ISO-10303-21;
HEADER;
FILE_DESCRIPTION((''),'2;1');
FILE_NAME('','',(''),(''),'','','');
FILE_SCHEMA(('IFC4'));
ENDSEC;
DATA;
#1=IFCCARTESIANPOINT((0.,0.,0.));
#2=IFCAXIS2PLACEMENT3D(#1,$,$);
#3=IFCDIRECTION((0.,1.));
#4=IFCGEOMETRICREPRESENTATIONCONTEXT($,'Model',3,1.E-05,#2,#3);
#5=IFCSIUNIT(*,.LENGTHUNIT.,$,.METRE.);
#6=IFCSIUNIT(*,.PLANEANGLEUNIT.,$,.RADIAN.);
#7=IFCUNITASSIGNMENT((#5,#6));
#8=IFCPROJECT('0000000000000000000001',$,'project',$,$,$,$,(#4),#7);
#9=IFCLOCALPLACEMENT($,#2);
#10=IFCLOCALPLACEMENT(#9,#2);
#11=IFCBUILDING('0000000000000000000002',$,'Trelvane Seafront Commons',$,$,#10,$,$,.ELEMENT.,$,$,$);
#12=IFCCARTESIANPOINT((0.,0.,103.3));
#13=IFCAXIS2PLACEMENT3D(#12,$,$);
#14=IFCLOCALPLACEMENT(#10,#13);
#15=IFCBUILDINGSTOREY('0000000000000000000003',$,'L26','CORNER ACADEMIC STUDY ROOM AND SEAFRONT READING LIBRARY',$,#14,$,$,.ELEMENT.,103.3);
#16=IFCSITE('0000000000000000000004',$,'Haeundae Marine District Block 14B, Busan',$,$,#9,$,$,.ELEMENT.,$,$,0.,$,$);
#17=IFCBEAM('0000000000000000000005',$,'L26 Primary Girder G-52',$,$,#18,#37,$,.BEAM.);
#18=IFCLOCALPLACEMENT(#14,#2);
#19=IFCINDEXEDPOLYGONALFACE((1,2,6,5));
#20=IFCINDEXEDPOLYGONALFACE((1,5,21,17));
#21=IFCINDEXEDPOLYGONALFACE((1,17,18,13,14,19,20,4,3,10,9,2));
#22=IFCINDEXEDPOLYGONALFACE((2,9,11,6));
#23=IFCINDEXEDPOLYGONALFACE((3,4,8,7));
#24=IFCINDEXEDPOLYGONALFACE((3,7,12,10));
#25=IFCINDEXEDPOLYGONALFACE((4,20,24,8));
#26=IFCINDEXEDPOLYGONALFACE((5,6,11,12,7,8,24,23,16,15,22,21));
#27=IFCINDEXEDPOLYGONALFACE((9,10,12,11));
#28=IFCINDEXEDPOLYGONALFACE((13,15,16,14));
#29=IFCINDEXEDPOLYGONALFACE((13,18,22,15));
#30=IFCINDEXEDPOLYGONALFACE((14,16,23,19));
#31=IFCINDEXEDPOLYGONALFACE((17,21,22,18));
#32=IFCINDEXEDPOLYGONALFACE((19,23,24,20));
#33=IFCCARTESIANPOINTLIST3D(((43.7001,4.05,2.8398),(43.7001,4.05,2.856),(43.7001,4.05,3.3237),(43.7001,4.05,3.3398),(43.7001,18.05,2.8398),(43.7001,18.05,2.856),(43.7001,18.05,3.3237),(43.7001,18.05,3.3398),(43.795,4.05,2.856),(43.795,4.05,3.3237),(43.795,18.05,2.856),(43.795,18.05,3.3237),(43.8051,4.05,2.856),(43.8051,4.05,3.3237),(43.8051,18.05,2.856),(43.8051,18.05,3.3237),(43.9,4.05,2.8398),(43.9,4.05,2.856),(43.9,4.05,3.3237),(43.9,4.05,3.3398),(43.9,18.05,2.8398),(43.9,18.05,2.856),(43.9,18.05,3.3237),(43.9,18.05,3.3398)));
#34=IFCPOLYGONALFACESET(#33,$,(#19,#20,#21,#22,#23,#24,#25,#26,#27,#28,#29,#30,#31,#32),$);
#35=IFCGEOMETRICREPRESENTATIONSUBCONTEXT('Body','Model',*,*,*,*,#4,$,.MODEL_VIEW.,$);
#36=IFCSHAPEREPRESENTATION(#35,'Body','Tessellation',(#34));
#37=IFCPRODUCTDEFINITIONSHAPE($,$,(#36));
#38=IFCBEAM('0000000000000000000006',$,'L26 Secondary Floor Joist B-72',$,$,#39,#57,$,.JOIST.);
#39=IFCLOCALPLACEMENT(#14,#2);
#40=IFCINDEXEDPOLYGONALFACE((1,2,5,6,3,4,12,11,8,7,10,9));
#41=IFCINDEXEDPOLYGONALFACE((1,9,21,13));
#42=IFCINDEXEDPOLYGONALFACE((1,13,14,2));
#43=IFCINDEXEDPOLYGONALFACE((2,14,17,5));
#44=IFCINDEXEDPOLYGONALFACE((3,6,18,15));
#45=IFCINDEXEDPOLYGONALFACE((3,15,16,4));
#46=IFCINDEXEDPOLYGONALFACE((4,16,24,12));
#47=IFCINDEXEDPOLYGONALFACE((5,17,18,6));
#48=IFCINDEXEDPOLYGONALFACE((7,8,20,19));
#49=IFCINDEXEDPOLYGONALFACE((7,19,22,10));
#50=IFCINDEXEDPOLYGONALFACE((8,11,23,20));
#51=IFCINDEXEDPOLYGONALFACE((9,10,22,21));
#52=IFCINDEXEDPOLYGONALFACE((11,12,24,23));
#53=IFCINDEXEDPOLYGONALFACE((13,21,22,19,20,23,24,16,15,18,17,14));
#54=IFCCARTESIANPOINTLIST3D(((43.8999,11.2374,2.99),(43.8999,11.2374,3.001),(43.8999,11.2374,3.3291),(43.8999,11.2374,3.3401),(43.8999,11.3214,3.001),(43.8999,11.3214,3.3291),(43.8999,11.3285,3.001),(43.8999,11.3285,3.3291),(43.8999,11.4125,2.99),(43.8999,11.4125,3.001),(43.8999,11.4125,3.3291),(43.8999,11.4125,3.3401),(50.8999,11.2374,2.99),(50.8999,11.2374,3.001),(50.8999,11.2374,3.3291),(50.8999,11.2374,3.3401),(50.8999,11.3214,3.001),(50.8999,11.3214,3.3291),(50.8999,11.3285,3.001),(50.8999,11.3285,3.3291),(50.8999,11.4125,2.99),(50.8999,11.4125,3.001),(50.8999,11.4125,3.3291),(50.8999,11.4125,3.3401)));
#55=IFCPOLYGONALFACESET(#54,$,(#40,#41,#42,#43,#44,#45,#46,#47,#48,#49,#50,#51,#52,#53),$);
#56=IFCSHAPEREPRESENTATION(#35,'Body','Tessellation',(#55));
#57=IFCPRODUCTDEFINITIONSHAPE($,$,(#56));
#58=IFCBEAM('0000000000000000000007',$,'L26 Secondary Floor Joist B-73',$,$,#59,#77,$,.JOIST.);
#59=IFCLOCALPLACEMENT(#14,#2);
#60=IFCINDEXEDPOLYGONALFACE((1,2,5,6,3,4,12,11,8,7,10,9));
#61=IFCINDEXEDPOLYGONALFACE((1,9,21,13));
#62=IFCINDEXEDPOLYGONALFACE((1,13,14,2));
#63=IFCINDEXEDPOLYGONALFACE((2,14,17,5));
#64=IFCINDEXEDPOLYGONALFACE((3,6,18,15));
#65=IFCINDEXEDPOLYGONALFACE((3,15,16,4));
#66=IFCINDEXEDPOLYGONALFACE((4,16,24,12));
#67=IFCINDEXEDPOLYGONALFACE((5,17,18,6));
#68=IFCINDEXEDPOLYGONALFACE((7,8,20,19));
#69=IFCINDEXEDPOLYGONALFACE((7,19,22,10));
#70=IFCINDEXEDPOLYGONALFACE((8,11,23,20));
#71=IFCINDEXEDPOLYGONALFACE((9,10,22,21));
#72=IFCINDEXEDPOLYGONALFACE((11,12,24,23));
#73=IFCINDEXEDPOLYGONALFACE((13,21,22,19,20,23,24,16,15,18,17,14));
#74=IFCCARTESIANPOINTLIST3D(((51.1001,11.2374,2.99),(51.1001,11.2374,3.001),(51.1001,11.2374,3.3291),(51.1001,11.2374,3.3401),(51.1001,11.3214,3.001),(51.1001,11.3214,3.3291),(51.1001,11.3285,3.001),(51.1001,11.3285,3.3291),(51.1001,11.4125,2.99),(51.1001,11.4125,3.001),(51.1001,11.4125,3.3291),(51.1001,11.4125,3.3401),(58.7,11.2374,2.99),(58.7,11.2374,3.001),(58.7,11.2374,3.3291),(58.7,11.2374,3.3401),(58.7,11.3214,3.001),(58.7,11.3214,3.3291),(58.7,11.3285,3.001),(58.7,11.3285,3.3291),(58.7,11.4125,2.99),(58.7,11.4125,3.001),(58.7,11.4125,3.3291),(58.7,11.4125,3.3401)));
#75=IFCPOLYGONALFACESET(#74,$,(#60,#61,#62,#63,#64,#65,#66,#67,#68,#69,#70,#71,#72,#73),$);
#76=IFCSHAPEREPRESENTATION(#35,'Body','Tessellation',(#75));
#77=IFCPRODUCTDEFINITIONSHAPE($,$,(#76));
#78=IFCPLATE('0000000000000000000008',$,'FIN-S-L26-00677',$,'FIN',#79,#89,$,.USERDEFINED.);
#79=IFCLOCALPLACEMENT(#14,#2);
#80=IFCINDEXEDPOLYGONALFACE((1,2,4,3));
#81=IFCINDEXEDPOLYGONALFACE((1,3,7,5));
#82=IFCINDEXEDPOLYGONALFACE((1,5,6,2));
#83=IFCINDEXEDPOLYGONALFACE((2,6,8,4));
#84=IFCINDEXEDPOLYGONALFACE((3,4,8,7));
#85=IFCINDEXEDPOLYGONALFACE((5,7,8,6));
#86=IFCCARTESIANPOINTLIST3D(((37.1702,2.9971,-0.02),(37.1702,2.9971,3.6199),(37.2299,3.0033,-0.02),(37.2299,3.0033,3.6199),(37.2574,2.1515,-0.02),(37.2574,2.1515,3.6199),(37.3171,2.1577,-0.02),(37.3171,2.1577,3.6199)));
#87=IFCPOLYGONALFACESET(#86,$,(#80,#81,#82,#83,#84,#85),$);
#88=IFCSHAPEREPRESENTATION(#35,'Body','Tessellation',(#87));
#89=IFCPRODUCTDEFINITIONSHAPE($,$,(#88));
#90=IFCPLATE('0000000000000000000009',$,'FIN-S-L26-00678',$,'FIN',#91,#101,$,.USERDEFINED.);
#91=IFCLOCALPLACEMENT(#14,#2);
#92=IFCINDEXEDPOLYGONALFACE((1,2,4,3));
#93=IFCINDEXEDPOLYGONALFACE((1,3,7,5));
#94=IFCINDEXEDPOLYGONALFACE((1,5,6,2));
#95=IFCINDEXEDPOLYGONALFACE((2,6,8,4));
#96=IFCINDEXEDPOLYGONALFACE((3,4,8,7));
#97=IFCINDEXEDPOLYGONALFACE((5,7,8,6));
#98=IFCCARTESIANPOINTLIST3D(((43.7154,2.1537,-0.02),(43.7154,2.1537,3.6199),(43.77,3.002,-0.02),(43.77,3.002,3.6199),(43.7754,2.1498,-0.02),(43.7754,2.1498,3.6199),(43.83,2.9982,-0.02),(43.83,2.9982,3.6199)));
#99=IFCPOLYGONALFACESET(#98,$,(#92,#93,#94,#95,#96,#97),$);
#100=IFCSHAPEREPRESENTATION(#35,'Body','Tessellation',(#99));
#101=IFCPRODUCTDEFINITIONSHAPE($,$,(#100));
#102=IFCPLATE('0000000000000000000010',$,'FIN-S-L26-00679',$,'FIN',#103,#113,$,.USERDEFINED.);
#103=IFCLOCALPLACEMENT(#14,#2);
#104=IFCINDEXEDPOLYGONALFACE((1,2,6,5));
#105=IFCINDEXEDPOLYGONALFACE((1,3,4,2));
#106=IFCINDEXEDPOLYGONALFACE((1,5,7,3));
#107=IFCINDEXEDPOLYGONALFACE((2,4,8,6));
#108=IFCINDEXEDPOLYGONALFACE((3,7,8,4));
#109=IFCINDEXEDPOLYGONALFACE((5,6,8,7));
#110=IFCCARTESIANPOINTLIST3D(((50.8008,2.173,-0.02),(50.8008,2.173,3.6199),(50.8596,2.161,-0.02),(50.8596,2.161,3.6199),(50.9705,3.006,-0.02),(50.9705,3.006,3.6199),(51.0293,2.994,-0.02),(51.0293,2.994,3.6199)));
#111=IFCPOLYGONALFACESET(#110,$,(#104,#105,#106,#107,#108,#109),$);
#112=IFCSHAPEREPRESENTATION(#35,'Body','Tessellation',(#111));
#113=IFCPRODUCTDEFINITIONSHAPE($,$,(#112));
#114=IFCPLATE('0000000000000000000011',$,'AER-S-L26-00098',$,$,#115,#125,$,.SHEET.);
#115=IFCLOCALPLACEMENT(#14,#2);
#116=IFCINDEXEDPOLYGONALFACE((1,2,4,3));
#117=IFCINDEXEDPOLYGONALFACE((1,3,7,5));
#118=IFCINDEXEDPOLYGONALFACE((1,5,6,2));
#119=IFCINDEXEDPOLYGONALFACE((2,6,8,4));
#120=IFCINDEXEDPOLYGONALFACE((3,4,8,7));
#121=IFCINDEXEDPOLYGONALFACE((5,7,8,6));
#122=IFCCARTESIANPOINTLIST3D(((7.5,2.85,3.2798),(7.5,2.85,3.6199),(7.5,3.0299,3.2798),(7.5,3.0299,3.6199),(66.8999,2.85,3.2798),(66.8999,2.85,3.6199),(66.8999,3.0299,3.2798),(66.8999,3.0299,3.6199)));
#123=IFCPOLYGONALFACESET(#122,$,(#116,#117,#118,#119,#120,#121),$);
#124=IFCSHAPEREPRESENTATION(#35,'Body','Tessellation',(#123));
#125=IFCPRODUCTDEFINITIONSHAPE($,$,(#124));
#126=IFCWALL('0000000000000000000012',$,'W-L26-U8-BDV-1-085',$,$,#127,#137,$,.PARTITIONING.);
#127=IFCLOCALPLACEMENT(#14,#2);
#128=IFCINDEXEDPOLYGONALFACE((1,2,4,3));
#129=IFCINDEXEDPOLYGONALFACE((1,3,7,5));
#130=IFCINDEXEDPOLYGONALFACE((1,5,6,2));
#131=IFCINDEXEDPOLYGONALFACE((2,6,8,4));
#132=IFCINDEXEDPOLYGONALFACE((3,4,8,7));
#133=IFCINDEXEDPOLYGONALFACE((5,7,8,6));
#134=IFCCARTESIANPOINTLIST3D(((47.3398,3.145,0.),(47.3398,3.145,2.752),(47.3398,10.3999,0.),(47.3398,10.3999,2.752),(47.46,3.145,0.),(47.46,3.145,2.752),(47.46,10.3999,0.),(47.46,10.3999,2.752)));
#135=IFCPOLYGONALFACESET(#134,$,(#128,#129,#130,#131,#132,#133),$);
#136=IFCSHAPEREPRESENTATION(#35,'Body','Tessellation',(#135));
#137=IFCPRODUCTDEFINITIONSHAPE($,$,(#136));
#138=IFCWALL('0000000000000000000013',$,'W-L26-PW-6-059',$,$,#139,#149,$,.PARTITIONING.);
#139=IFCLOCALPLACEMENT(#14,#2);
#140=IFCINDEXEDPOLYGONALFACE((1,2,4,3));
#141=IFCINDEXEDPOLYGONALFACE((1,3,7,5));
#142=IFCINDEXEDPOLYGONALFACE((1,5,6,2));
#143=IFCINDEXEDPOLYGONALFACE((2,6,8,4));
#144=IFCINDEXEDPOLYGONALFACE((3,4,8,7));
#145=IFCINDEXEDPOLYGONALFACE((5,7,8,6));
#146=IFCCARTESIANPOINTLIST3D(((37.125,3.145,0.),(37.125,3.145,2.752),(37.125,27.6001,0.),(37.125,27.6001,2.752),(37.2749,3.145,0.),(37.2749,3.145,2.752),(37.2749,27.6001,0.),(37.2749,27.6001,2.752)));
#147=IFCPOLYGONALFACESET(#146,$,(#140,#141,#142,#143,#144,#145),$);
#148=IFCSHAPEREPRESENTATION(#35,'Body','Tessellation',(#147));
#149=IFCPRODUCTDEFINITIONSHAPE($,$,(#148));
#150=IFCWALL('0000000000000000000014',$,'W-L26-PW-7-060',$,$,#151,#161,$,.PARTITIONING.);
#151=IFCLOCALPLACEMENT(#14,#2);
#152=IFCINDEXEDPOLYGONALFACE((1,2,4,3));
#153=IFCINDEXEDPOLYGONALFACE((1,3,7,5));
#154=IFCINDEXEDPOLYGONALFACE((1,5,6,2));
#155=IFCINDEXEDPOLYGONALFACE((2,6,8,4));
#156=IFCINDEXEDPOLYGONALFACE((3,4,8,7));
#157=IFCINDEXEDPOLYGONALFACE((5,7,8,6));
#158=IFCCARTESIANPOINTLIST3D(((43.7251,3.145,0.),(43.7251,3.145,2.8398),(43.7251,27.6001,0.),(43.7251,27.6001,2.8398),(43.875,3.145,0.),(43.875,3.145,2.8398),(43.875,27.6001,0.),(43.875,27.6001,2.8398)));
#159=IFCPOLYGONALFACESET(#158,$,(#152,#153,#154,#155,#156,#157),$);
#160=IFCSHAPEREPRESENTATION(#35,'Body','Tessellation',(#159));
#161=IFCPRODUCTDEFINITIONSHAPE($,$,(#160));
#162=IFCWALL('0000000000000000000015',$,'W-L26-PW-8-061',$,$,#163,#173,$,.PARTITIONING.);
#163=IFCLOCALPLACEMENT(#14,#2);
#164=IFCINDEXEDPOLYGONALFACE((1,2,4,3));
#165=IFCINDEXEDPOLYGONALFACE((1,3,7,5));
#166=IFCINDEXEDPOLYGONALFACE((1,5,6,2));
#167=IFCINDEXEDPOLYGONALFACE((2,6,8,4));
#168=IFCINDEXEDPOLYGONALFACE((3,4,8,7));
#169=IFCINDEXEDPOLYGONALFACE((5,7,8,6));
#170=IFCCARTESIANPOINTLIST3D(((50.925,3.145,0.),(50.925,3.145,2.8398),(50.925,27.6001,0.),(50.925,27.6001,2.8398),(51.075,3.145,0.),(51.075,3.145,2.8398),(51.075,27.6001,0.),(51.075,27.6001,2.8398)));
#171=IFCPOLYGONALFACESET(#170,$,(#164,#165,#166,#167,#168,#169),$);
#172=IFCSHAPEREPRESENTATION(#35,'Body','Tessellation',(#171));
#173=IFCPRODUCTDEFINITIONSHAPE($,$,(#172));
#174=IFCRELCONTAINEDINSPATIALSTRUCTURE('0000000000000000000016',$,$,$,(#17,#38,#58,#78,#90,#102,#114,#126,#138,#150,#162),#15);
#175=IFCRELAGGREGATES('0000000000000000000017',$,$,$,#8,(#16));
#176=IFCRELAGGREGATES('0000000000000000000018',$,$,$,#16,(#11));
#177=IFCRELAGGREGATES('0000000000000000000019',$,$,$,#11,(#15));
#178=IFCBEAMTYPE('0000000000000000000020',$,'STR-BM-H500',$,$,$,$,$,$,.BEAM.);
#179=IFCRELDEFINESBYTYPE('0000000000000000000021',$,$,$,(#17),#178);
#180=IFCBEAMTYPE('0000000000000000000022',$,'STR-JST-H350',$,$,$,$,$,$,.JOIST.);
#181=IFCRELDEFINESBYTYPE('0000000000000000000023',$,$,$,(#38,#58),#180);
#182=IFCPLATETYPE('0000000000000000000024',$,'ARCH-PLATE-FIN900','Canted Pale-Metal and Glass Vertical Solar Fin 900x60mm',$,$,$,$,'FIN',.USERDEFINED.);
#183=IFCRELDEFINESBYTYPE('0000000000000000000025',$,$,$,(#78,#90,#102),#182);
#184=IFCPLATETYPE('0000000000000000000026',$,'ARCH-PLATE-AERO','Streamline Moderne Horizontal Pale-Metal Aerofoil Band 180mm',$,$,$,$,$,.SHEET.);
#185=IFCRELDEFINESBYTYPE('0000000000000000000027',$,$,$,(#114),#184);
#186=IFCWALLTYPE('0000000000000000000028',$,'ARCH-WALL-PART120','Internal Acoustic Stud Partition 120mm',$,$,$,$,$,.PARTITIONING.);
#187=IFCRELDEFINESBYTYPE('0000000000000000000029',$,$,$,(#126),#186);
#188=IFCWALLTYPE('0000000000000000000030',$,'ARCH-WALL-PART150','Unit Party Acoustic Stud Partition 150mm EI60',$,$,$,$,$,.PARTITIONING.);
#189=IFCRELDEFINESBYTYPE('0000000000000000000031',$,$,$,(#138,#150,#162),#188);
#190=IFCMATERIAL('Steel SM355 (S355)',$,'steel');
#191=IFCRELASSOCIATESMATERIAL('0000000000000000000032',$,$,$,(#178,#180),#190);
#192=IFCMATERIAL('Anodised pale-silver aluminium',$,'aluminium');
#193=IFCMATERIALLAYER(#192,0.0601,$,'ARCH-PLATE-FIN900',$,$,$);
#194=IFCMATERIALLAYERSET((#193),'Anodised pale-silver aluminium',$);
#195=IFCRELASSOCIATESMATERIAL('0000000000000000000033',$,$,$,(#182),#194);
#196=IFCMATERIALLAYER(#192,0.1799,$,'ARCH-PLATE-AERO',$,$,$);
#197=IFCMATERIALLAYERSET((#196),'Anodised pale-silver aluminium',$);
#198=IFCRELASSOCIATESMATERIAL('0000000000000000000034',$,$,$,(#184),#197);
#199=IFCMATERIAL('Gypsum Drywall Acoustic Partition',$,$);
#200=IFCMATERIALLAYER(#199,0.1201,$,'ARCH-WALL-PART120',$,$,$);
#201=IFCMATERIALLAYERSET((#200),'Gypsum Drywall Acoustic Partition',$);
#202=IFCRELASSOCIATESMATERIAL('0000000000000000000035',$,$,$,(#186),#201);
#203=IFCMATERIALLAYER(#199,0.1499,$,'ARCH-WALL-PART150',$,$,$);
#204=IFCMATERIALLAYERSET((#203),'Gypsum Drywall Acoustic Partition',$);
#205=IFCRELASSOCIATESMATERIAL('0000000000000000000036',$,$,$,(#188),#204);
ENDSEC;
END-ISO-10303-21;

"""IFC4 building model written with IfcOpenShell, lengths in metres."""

from ifc_helpers import new_model, si_unit, direction, frame, frame_2d, origin, origin_2d, place, context, subcontext, project, spatial, rectangle, i_section, extrude, source, transform, mapped, material, layer, layer_set, material_profile, profile_set, type_object, element, save


model = new_model("IFC4")

# Units and contexts
model_context = context("Model", 3, precision=1e-05, world=origin(), true_north=direction((0.0, 1.0)))
body_context = subcontext(model_context, "Body", "Model", "MODEL_VIEW")
ifc_project = project(units=[si_unit("LENGTHUNIT", "METRE"), si_unit("PLANEANGLEUNIT", "RADIAN")], contexts=[model_context])

# Site, building, storey
site_placement = place(None, origin())
site = spatial("IfcSite", under=ifc_project, at=site_placement, Name="Haeundae Marine District Block 14B, Busan", CompositionType="ELEMENT", RefElevation=0.0)
building_placement = place(site_placement, origin())
building = spatial("IfcBuilding", under=site, at=building_placement, Name="Trelvane Seafront Commons", CompositionType="ELEMENT")
storey_placement = place(building_placement, frame((0.0, 0.0, 103.3)))
storey = spatial("IfcBuildingStorey", under=building, at=storey_placement, Name="L26", Description="CORNER ACADEMIC STUDY ROOM AND SEAFRONT READING LIBRARY", CompositionType="ELEMENT", Elevation=103.3)

# Shared definitions
ifc_material_1 = material(Name="Steel SM355 (S355)", Category="steel")

# Beams
ifc_material_profile_1 = material_profile(ifc_material_1, i_section(OverallWidth=0.2, OverallDepth=0.5, WebThickness=0.01, FlangeThickness=0.0161, at=origin_2d()), Name="H-500x200x10x16")
ifc_profile_set_1 = profile_set([ifc_material_profile_1], Name="Steel SM355 (S355)")
beam_type_1 = type_object("IfcBeamType", Name="STR-BM-H500", PredefinedType="BEAM", material=ifc_profile_set_1)
shared_shape_1 = source(origin(), body_context, "Body", "SweptSolid", [
    extrude(i_section(OverallWidth=0.2, OverallDepth=0.5, WebThickness=0.01, FlangeThickness=0.0161, at=origin_2d()), origin(), (0.0, 0.0, 1.0), 14.0),
])
beam_1_placement = place(storey_placement, frame((43.8, 4.05, 3.0898), z_axis=(0.0, 1.0, 0.0), x_axis=(-1.0, 0.0, 0.0)))
element("IfcBeam", 1, at=beam_1_placement, inside=storey, type_object=beam_type_1, Name="L26 Primary Girder G-52", PredefinedType="BEAM", context=body_context, shape_type="MappedRepresentation", body=[
    mapped(shared_shape_1, transform((0.0, 0.0, 0.0), x_axis=(1.0, 0.0, 0.0), y_axis=(0.0, 1.0, 0.0), z_axis=(0.0, 0.0, 1.0), scale=1.0)),
])
ifc_material_profile_2 = material_profile(ifc_material_1, i_section(OverallWidth=0.175, OverallDepth=0.3501, WebThickness=0.0071, FlangeThickness=0.011, at=origin_2d()), Name="H-350x175x7x11")
ifc_profile_set_2 = profile_set([ifc_material_profile_2], Name="Steel SM355 (S355)")
beam_type_2 = type_object("IfcBeamType", Name="STR-JST-H350", PredefinedType="JOIST", material=ifc_profile_set_2)
shared_shape_2 = source(origin(), body_context, "Body", "SweptSolid", [
    extrude(i_section(OverallWidth=0.175, OverallDepth=0.3501, WebThickness=0.0071, FlangeThickness=0.011, at=origin_2d()), origin(), (0.0, 0.0, 1.0), 7.0),
])
beam_2_placement = place(storey_placement, frame((43.8999, 11.325, 3.165), z_axis=(1.0, 0.0, 0.0), x_axis=(0.0, 1.0, 0.0)))
element("IfcBeam", 2, at=beam_2_placement, inside=storey, type_object=beam_type_2, Name="L26 Secondary Floor Joist B-72", PredefinedType="JOIST", context=body_context, shape_type="MappedRepresentation", body=[
    mapped(shared_shape_2, transform((0.0, 0.0, 0.0), x_axis=(1.0, 0.0, 0.0), y_axis=(0.0, 1.0, 0.0), z_axis=(0.0, 0.0, 1.0), scale=1.0)),
])
shared_shape_3 = source(origin(), body_context, "Body", "SweptSolid", [
    extrude(i_section(OverallWidth=0.175, OverallDepth=0.3501, WebThickness=0.0071, FlangeThickness=0.011, at=origin_2d()), origin(), (0.0, 0.0, 1.0), 7.5999),
])
beam_3_placement = place(storey_placement, frame((51.1001, 11.325, 3.165), z_axis=(1.0, 0.0, 0.0), x_axis=(0.0, 1.0, 0.0)))
element("IfcBeam", 3, at=beam_3_placement, inside=storey, type_object=beam_type_2, Name="L26 Secondary Floor Joist B-73", PredefinedType="JOIST", context=body_context, shape_type="MappedRepresentation", body=[
    mapped(shared_shape_3, transform((0.0, 0.0, 0.0), x_axis=(1.0, 0.0, 0.0), y_axis=(0.0, 1.0, 0.0), z_axis=(0.0, 0.0, 1.0), scale=1.0)),
])

# Plates
ifc_material_2 = material(Name="Anodised pale-silver aluminium", Category="aluminium")
ifc_layer_1 = layer(ifc_material_2, 0.0601, Name="ARCH-PLATE-FIN900")
ifc_layer_set_1 = layer_set([ifc_layer_1], Name="Anodised pale-silver aluminium")
plate_type_1 = type_object("IfcPlateType", Name="ARCH-PLATE-FIN900", Description="Canted Pale-Metal and Glass Vertical Solar Fin 900x60mm", ElementType="FIN", PredefinedType="USERDEFINED", material=ifc_layer_set_1)
shared_shape_4 = source(origin(), body_context, "Body", "SweptSolid", [
    extrude(rectangle(XDim=0.8501, YDim=0.0601, at=origin_2d()), origin(), (0.0, 0.0, 1.0), 3.6399),
])
for number, where, z_axis, x_axis, name in (
    (4, (37.2437, 2.5774, -0.02), (0.0, 0.0, 1.0), (0.102589, -0.994724, 0.0), "FIN-S-L26-00677"),
    (5, (43.7727, 2.5759, -0.02), (0.0, 0.0, 1.0), (-0.064238, -0.997935, 0.0), "FIN-S-L26-00678"),
    (6, (50.915, 2.5835, -0.02), (0.0, 0.0, 1.0), (-0.199645, -0.979868, 0.0), "FIN-S-L26-00679"),
):
    element("IfcPlate", number, at=place(storey_placement, frame(where, z_axis=z_axis, x_axis=x_axis)), inside=storey, type_object=plate_type_1, Name=name, ObjectType="FIN", PredefinedType="USERDEFINED", context=body_context, shape_type="MappedRepresentation", body=[
        mapped(shared_shape_4, transform((0.0, 0.0, 0.0), x_axis=(1.0, 0.0, 0.0), y_axis=(0.0, 1.0, 0.0), z_axis=(0.0, 0.0, 1.0), scale=1.0)),
    ])
ifc_layer_2 = layer(ifc_material_2, 0.1799, Name="ARCH-PLATE-AERO")
ifc_layer_set_2 = layer_set([ifc_layer_2], Name="Anodised pale-silver aluminium")
plate_type_2 = type_object("IfcPlateType", Name="ARCH-PLATE-AERO", Description="Streamline Moderne Horizontal Pale-Metal Aerofoil Band 180mm", PredefinedType="SHEET", material=ifc_layer_set_2)
shared_shape_5 = source(origin(), body_context, "Body", "SweptSolid", [
    extrude(rectangle(XDim=59.3999, YDim=0.1799, at=origin_2d()), origin(), (0.0, 0.0, 1.0), 0.3401),
])
plate_placement = place(storey_placement, frame((37.2, 2.9399, 3.2798), z_axis=(0.0, 0.0, 1.0), x_axis=(-1.0, 0.0, 0.0)))
element("IfcPlate", 7, at=plate_placement, inside=storey, type_object=plate_type_2, Name="AER-S-L26-00098", PredefinedType="SHEET", context=body_context, shape_type="MappedRepresentation", body=[
    mapped(shared_shape_5, transform((0.0, 0.0, 0.0), x_axis=(1.0, 0.0, 0.0), y_axis=(0.0, 1.0, 0.0), z_axis=(0.0, 0.0, 1.0), scale=1.0)),
])

# Shared definitions
ifc_material_3 = material(Name="Gypsum Drywall Acoustic Partition")
ifc_layer_3 = layer(ifc_material_3, 0.1201, Name="ARCH-WALL-PART120")
ifc_layer_set_3 = layer_set([ifc_layer_3], Name="Gypsum Drywall Acoustic Partition")
wall_type_1 = type_object("IfcWallType", Name="ARCH-WALL-PART120", Description="Internal Acoustic Stud Partition 120mm", PredefinedType="PARTITIONING", material=ifc_layer_set_3)

# Walls
wall_1_placement = place(storey_placement, frame((47.3999, 3.145, 0.0), z_axis=(0.0, 0.0, 1.0), x_axis=(0.0, 1.0, 0.0)))
element("IfcWall", 8, at=wall_1_placement, inside=storey, type_object=wall_type_1, Name="W-L26-U8-BDV-1-085", PredefinedType="PARTITIONING", context=body_context, shape_type="SweptSolid", body=[
    extrude(rectangle(XDim=7.2549, YDim=0.1201, at=frame_2d((3.6274, 0.0))), origin(), (0.0, 0.0, 1.0), 2.752),
])
ifc_layer_4 = layer(ifc_material_3, 0.1499, Name="ARCH-WALL-PART150")
ifc_layer_set_4 = layer_set([ifc_layer_4], Name="Gypsum Drywall Acoustic Partition")
wall_type_2 = type_object("IfcWallType", Name="ARCH-WALL-PART150", Description="Unit Party Acoustic Stud Partition 150mm EI60", PredefinedType="PARTITIONING", material=ifc_layer_set_4)
wall_2_placement = place(storey_placement, frame((37.2, 3.145, 0.0), z_axis=(0.0, 0.0, 1.0), x_axis=(0.0, 1.0, 0.0)))
element("IfcWall", 9, at=wall_2_placement, inside=storey, type_object=wall_type_2, Name="W-L26-PW-6-059", PredefinedType="PARTITIONING", context=body_context, shape_type="SweptSolid", body=[
    extrude(rectangle(XDim=24.4551, YDim=0.1499, at=frame_2d((12.2275, 0.0))), origin(), (0.0, 0.0, 1.0), 2.752),
])
for number, where, z_axis, x_axis, name in (
    (10, (43.8, 3.145, 0.0), (0.0, 0.0, 1.0), (0.0, 1.0, 0.0), "W-L26-PW-7-060"),
    (11, (51.0, 3.145, 0.0), (0.0, 0.0, 1.0), (0.0, 1.0, 0.0), "W-L26-PW-8-061"),
):
    element("IfcWall", number, at=place(storey_placement, frame(where, z_axis=z_axis, x_axis=x_axis)), inside=storey, type_object=wall_type_2, Name=name, PredefinedType="PARTITIONING", context=body_context, shape_type="SweptSolid", body=[
        extrude(rectangle(XDim=24.4551, YDim=0.1499, at=frame_2d((12.2275, 0.0))), origin(), (0.0, 0.0, 1.0), 2.8398),
    ])

save(model, "model.ifc")
